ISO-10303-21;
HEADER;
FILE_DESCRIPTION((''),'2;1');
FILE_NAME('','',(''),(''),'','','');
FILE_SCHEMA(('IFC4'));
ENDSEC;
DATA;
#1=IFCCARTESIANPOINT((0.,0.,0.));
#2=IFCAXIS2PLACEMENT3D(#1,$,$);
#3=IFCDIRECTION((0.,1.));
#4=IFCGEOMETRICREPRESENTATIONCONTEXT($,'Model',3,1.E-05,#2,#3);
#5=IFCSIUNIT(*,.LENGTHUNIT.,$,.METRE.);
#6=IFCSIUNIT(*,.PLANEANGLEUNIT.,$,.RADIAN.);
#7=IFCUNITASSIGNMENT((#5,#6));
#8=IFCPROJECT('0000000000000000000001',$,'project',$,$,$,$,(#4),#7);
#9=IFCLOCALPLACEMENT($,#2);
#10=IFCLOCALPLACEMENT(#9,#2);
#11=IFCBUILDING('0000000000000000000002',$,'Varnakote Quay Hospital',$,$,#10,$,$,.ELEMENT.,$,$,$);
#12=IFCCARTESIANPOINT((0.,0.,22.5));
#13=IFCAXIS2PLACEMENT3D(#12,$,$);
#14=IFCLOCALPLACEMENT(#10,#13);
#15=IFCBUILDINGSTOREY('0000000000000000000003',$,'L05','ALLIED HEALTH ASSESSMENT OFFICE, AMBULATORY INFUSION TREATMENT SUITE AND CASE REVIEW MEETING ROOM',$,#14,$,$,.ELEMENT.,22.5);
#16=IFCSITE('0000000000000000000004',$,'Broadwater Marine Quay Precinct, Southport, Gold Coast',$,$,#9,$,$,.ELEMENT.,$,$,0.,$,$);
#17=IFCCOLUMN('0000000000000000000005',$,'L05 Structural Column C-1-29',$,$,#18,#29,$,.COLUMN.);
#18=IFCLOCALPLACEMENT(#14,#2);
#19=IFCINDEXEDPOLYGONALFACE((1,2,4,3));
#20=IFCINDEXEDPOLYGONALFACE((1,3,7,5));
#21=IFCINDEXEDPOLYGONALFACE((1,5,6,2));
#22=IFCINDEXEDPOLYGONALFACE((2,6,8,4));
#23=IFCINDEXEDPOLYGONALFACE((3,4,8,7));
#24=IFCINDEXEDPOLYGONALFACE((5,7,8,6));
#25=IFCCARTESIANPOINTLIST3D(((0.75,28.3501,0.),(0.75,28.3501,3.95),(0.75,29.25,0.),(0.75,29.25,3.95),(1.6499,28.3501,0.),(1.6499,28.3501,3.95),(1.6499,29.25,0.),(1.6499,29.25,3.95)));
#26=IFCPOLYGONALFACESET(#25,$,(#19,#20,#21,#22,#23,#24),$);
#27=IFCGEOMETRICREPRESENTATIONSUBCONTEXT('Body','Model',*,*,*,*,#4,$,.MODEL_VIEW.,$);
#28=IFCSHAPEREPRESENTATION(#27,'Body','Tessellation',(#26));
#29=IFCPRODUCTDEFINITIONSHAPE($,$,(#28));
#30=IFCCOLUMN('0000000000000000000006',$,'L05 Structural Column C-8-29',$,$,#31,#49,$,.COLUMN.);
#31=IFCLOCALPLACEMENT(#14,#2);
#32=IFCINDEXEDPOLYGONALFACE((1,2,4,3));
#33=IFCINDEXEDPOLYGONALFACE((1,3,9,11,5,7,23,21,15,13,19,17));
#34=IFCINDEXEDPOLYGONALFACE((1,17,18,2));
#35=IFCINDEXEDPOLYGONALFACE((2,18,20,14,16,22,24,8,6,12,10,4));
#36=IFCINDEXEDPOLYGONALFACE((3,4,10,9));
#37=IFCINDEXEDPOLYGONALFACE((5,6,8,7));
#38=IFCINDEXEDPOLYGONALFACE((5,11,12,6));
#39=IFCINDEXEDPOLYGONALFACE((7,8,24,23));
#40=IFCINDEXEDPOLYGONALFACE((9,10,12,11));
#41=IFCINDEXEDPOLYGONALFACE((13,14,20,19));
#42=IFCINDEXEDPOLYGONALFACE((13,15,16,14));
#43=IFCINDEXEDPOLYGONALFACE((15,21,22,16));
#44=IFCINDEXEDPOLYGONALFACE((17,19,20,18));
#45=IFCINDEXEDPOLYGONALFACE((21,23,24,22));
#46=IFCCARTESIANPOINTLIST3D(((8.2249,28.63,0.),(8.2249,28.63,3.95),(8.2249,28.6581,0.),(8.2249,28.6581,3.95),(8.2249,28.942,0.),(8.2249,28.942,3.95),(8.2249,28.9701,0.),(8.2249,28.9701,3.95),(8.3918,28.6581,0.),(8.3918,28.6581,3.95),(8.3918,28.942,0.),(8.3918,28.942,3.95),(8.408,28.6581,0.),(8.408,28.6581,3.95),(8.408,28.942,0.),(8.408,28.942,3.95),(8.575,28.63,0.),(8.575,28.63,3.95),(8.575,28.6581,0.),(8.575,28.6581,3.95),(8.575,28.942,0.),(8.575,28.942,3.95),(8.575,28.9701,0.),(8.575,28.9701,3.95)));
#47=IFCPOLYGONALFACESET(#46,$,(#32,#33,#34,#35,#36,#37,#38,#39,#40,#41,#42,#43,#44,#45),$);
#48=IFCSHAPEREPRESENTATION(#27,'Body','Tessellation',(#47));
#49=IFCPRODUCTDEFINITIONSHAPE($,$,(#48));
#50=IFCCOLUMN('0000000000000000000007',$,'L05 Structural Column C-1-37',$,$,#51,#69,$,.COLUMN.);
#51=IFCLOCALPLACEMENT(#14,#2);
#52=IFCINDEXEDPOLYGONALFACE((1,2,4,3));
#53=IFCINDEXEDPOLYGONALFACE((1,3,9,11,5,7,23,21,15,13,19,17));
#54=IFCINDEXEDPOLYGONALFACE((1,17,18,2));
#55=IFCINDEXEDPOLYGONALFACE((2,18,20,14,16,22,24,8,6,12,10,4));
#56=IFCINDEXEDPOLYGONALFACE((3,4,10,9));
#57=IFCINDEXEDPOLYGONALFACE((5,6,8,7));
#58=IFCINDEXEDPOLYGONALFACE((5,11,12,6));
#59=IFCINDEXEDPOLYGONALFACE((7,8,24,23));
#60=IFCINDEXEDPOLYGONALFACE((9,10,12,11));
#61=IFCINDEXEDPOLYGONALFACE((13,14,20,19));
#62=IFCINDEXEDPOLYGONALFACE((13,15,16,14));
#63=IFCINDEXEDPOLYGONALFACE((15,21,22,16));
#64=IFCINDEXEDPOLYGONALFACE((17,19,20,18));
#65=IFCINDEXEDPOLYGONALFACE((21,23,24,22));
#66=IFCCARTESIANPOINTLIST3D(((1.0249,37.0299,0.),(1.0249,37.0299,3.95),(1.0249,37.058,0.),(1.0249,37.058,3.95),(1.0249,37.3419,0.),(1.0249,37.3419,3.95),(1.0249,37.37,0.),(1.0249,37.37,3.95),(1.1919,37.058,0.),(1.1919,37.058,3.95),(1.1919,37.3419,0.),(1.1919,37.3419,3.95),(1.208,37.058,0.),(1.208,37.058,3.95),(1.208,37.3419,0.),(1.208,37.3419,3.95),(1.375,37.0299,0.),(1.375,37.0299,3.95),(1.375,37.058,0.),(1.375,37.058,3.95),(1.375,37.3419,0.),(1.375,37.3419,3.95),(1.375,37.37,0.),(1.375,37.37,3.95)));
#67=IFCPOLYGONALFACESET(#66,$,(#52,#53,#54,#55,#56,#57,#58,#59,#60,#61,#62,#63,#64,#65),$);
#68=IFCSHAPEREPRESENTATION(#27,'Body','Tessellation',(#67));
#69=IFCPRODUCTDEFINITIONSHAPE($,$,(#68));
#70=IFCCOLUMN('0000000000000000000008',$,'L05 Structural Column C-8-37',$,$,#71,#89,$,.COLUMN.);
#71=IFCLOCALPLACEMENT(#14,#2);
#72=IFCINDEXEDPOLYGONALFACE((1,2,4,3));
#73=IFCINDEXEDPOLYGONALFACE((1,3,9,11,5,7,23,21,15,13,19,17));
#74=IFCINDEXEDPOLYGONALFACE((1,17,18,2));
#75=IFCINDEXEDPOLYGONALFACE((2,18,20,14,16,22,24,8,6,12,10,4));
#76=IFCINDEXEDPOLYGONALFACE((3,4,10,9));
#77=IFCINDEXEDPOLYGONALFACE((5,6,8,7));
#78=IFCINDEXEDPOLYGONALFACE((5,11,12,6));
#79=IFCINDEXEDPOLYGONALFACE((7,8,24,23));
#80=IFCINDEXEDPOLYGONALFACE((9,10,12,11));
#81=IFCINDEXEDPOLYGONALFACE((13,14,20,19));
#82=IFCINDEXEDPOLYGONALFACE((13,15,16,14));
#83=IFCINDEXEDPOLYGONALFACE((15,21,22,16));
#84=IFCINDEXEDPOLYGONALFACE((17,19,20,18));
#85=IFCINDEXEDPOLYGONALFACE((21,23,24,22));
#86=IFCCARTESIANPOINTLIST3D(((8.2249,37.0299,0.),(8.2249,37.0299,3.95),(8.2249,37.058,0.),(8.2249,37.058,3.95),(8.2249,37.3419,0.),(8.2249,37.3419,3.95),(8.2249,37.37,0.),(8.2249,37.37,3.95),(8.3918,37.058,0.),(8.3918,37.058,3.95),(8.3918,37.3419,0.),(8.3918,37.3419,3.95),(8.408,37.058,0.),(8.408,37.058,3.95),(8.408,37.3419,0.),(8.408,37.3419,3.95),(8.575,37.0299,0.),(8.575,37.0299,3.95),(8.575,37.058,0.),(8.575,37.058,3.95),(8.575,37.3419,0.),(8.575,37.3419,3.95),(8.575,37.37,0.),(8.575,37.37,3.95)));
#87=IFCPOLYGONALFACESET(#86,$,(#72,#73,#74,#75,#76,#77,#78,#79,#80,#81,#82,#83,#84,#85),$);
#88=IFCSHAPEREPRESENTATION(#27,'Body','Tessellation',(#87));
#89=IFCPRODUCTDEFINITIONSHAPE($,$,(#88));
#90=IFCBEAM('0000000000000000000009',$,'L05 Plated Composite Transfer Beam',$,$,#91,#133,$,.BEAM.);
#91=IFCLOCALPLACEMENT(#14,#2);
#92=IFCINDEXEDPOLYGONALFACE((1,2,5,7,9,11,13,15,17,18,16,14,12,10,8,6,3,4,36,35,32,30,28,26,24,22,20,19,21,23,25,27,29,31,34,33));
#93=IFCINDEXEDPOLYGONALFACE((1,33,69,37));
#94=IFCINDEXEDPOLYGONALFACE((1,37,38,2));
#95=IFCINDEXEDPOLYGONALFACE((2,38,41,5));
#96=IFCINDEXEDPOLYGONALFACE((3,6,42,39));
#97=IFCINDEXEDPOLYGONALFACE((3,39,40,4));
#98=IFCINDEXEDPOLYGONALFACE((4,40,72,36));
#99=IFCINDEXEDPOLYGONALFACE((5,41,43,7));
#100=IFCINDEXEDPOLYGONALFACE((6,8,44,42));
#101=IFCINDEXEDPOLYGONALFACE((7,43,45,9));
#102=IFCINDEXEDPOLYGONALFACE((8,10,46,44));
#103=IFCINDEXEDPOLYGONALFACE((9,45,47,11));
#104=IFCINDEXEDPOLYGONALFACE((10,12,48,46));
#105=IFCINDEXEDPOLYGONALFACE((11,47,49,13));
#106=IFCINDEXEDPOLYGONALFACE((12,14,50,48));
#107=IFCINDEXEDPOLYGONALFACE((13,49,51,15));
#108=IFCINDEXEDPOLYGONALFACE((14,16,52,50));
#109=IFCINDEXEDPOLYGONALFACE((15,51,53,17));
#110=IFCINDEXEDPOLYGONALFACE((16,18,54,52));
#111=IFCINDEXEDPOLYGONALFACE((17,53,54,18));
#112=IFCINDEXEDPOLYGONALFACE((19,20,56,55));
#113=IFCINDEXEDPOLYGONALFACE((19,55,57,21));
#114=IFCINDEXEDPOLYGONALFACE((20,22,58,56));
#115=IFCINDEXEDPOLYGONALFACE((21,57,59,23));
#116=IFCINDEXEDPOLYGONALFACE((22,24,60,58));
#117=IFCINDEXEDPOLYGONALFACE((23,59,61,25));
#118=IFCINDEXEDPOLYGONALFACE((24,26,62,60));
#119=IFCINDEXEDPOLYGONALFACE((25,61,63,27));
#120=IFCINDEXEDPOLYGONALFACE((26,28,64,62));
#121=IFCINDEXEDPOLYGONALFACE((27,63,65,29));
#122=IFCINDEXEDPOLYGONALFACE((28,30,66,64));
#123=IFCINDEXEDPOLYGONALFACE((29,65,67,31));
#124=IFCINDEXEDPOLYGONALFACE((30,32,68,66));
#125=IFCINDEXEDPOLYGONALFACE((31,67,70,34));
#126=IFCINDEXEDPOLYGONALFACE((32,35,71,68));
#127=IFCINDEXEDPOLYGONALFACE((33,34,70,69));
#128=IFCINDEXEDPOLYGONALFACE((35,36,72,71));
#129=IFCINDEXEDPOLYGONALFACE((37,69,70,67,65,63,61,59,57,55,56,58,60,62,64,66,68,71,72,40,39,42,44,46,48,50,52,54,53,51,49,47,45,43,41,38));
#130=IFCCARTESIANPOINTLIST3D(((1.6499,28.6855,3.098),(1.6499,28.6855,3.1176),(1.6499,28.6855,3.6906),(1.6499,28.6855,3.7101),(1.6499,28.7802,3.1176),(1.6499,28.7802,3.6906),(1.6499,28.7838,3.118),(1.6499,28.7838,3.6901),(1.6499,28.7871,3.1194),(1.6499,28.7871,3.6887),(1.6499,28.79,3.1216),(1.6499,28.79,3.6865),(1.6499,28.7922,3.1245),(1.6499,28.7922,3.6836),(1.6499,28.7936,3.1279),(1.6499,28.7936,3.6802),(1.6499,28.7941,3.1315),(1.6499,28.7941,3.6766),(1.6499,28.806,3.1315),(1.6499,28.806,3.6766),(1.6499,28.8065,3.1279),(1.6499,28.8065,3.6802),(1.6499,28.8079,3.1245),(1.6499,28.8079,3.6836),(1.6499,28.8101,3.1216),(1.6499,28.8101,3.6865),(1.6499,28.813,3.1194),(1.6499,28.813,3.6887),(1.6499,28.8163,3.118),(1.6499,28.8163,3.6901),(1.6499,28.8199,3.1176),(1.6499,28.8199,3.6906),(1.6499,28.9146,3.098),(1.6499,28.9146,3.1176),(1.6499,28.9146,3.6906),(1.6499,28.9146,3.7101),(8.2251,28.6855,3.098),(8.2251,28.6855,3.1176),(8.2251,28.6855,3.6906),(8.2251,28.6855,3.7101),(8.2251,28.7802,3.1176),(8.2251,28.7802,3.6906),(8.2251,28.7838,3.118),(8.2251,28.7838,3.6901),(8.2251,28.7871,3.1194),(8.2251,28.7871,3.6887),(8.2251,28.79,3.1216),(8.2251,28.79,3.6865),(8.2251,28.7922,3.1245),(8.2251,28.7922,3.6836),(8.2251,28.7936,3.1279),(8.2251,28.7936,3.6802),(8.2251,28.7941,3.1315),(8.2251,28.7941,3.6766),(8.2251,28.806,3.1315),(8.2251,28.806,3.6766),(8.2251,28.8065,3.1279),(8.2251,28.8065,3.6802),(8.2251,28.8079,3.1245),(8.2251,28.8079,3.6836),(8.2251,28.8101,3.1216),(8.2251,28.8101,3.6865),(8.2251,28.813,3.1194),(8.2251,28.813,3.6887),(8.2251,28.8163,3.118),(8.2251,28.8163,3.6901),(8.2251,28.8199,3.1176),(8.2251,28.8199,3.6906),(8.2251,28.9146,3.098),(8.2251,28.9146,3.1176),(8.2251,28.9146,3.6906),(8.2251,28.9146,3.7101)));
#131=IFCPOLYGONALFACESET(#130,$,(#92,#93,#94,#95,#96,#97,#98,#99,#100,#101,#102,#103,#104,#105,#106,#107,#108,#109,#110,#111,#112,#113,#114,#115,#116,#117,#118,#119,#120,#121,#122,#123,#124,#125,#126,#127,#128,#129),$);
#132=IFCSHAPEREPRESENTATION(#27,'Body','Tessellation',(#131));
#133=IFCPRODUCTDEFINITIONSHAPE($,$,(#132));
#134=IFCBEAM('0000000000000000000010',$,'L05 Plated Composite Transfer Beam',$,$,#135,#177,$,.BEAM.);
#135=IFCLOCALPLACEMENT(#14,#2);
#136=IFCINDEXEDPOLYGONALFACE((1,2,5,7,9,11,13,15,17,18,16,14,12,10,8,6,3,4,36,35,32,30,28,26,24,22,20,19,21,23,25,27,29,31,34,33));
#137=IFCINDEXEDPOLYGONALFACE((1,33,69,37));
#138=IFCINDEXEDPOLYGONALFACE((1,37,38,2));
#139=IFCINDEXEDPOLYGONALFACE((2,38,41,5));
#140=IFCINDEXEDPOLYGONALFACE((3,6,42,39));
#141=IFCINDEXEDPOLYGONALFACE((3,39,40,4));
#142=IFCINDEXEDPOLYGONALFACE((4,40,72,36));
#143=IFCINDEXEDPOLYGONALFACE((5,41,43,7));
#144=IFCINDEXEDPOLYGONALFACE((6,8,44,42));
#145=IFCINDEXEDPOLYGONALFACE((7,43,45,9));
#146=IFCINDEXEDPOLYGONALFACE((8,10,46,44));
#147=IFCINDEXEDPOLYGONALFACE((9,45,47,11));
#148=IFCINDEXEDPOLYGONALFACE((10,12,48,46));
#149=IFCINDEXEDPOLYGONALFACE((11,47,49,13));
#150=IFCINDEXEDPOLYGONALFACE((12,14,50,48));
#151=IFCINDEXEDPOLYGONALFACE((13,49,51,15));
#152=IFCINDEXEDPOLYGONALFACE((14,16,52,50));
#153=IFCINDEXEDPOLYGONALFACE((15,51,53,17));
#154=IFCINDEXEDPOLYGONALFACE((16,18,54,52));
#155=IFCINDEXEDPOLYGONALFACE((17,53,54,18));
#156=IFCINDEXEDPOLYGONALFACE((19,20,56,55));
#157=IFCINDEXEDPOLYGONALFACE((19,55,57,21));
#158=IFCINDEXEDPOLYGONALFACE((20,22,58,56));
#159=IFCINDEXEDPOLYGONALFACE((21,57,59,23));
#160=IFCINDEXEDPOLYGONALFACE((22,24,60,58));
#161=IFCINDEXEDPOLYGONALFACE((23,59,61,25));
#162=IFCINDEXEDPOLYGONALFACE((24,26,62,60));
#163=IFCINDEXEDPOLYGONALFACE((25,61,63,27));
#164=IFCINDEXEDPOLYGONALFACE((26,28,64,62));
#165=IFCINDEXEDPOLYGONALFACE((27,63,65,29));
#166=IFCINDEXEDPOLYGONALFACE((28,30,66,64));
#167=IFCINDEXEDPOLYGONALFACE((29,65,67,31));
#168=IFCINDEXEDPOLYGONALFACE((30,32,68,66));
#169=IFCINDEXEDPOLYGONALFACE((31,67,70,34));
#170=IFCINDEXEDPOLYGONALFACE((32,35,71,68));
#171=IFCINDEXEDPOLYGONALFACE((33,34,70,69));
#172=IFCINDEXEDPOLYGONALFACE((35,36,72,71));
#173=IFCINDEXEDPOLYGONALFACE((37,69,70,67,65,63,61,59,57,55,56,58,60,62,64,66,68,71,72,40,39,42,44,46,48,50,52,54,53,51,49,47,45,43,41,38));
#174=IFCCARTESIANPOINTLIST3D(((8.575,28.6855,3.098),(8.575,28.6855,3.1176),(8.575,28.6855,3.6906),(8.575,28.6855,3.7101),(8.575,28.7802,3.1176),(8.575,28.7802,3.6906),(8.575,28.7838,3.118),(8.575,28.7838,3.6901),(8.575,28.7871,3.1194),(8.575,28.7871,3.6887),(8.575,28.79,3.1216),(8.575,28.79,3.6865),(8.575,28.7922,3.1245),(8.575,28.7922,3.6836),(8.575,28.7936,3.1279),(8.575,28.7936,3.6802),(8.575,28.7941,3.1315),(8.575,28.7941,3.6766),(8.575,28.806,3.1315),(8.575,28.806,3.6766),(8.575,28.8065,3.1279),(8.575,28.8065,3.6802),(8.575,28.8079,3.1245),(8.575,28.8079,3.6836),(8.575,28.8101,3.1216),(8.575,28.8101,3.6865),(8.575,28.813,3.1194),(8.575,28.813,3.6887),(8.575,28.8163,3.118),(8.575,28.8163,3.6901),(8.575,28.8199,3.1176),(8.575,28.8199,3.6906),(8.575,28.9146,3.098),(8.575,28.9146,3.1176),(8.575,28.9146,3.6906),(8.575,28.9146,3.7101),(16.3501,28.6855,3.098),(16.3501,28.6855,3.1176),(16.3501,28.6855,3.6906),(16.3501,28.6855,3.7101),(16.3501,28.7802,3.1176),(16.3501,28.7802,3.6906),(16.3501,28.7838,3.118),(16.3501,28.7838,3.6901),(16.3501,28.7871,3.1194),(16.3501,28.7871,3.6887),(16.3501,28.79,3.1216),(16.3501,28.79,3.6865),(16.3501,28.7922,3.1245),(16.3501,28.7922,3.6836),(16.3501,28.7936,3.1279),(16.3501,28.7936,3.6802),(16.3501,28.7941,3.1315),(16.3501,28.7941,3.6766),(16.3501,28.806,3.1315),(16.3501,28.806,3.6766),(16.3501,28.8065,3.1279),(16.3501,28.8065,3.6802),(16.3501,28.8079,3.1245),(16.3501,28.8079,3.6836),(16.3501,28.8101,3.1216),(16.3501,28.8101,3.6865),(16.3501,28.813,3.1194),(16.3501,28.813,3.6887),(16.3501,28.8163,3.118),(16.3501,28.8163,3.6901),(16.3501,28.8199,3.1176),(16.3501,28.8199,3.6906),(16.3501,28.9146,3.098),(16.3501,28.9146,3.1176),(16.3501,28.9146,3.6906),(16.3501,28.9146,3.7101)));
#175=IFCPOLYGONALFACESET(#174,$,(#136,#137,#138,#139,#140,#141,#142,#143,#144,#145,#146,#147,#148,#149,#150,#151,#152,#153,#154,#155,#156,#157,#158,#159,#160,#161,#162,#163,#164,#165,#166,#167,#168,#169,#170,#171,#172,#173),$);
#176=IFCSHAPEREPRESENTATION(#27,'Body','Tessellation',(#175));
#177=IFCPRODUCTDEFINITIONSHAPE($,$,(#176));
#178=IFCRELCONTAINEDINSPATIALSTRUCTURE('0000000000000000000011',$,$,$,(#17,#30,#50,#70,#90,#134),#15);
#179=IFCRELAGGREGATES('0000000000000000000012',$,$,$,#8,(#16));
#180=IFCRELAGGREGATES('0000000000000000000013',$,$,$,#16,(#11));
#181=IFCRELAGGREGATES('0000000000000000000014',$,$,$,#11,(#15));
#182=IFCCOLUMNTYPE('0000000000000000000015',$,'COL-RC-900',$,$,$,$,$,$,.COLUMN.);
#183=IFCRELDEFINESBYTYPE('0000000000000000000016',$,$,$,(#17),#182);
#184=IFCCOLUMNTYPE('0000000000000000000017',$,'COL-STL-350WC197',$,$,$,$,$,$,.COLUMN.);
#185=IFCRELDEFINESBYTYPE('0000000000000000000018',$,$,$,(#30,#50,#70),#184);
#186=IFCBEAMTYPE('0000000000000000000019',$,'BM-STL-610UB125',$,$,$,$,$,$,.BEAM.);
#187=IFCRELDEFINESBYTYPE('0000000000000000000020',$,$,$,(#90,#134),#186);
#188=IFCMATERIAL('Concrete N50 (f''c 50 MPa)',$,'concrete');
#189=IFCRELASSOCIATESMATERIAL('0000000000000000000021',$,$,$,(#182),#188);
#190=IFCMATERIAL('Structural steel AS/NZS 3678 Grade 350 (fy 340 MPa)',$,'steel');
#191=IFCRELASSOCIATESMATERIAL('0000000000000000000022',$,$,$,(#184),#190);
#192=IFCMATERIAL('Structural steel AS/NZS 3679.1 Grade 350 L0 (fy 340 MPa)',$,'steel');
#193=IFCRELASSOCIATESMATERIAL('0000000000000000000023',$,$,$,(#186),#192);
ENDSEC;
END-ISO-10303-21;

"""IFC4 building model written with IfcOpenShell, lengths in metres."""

from ifc_helpers import new_model, si_unit, direction, frame, origin, origin_2d, place, context, subcontext, project, spatial, rectangle, i_section, extrude, material, material_profile, profile_set, type_object, element, save


model = new_model("IFC4")

# Units and contexts
model_context = context("Model", 3, precision=1e-05, world=origin(), true_north=direction((0.0, 1.0)))
body_context = subcontext(model_context, "Body", "Model", "MODEL_VIEW")
ifc_project = project(units=[si_unit("LENGTHUNIT", "METRE"), si_unit("PLANEANGLEUNIT", "RADIAN")], contexts=[model_context])

# Site, building, storey
site_placement = place(None, origin())
site = spatial("IfcSite", under=ifc_project, at=site_placement, Name="Broadwater Marine Quay Precinct, Southport, Gold Coast", CompositionType="ELEMENT", RefElevation=0.0)
building_placement = place(site_placement, origin())
building = spatial("IfcBuilding", under=site, at=building_placement, Name="Varnakote Quay Hospital", CompositionType="ELEMENT")
storey_placement = place(building_placement, frame((0.0, 0.0, 22.5)))
storey = spatial("IfcBuildingStorey", under=building, at=storey_placement, Name="L05", Description="ALLIED HEALTH ASSESSMENT OFFICE, AMBULATORY INFUSION TREATMENT SUITE AND CASE REVIEW MEETING ROOM", CompositionType="ELEMENT", Elevation=22.5)

# Columns
ifc_material_1 = material(Name="Concrete N50 (f'c 50 MPa)", Category="concrete")
ifc_material_profile_1 = material_profile(ifc_material_1, rectangle(XDim=0.8999, YDim=0.8999, at=origin_2d()), Name="RC-COL-900x900")
ifc_profile_set_1 = profile_set([ifc_material_profile_1], Name="Concrete N50 (f'c 50 MPa)")
column_type_1 = type_object("IfcColumnType", Name="COL-RC-900", PredefinedType="COLUMN", material=ifc_profile_set_1)
column_placement = place(storey_placement, frame((1.2, 28.8, 0.0), z_axis=(0.0, 0.0, 1.0), x_axis=(1.0, 0.0, 0.0)))
element("IfcColumn", 1, at=column_placement, inside=storey, type_object=column_type_1, Name="L05 Structural Column C-1-29", PredefinedType="COLUMN", context=body_context, shape_type="SweptSolid", body=[
    extrude(rectangle(XDim=0.8999, YDim=0.8999, at=origin_2d()), origin(), (0.0, 0.0, 1.0), 3.95),
])
ifc_material_2 = material(Name="Structural steel AS/NZS 3678 Grade 350 (fy 340 MPa)", Category="steel")
ifc_material_profile_2 = material_profile(ifc_material_2, i_section(OverallWidth=0.3501, OverallDepth=0.3401, WebThickness=0.0161, FlangeThickness=0.0281, at=origin_2d()), Name="350WC197")
ifc_profile_set_2 = profile_set([ifc_material_profile_2], Name="Structural steel AS/NZS 3678 Grade 350 (fy 340 MPa)")
column_type_2 = type_object("IfcColumnType", Name="COL-STL-350WC197", PredefinedType="COLUMN", material=ifc_profile_set_2)
for number, where, z_axis, x_axis, name in (
    (2, (8.3999, 28.8, 0.0), (0.0, 0.0, 1.0), (1.0, 0.0, 0.0), "L05 Structural Column C-8-29"),
    (3, (1.2, 37.2, 0.0), (0.0, 0.0, 1.0), (1.0, 0.0, 0.0), "L05 Structural Column C-1-37"),
    (4, (8.3999, 37.2, 0.0), (0.0, 0.0, 1.0), (1.0, 0.0, 0.0), "L05 Structural Column C-8-37"),
):
    element("IfcColumn", number, at=place(storey_placement, frame(where, z_axis=z_axis, x_axis=x_axis)), inside=storey, type_object=column_type_2, Name=name, PredefinedType="COLUMN", context=body_context, shape_type="SweptSolid", body=[
        extrude(i_section(OverallWidth=0.3501, OverallDepth=0.3401, WebThickness=0.0161, FlangeThickness=0.0281, at=origin_2d()), origin(), (0.0, 0.0, 1.0), 3.95),
    ])

# Beams
ifc_material_3 = material(Name="Structural steel AS/NZS 3679.1 Grade 350 L0 (fy 340 MPa)", Category="steel")
ifc_material_profile_3 = material_profile(ifc_material_3, i_section(OverallWidth=0.229, OverallDepth=0.6121, WebThickness=0.012, FlangeThickness=0.0195, FilletRadius=0.0139, at=origin_2d()), Name="610UB125")
ifc_profile_set_3 = profile_set([ifc_material_profile_3], Name="Structural steel AS/NZS 3679.1 Grade 350 L0 (fy 340 MPa)")
beam_type_1 = type_object("IfcBeamType", Name="BM-STL-610UB125", PredefinedType="BEAM", material=ifc_profile_set_3)
beam_1_placement = place(storey_placement, frame((1.6499, 28.8, 3.4041), z_axis=(1.0, 0.0, 0.0), x_axis=(0.0, 1.0, 0.0)))
element("IfcBeam", 5, at=beam_1_placement, inside=storey, type_object=beam_type_1, Name="L05 Plated Composite Transfer Beam", PredefinedType="BEAM", context=body_context, shape_type="SweptSolid", body=[
    extrude(i_section(OverallWidth=0.229, OverallDepth=0.6121, WebThickness=0.012, FlangeThickness=0.0195, FilletRadius=0.0139, at=origin_2d()), origin(), (0.0, 0.0, 1.0), 6.5752),
])
beam_2_placement = place(storey_placement, frame((8.575, 28.8, 3.4041), z_axis=(1.0, 0.0, 0.0), x_axis=(0.0, 1.0, 0.0)))
element("IfcBeam", 6, at=beam_2_placement, inside=storey, type_object=beam_type_1, Name="L05 Plated Composite Transfer Beam", PredefinedType="BEAM", context=body_context, shape_type="SweptSolid", body=[
    extrude(i_section(OverallWidth=0.229, OverallDepth=0.6121, WebThickness=0.012, FlangeThickness=0.0195, FilletRadius=0.0139, at=origin_2d()), origin(), (0.0, 0.0, 1.0), 7.7751),
])

save(model, "model.ifc")
